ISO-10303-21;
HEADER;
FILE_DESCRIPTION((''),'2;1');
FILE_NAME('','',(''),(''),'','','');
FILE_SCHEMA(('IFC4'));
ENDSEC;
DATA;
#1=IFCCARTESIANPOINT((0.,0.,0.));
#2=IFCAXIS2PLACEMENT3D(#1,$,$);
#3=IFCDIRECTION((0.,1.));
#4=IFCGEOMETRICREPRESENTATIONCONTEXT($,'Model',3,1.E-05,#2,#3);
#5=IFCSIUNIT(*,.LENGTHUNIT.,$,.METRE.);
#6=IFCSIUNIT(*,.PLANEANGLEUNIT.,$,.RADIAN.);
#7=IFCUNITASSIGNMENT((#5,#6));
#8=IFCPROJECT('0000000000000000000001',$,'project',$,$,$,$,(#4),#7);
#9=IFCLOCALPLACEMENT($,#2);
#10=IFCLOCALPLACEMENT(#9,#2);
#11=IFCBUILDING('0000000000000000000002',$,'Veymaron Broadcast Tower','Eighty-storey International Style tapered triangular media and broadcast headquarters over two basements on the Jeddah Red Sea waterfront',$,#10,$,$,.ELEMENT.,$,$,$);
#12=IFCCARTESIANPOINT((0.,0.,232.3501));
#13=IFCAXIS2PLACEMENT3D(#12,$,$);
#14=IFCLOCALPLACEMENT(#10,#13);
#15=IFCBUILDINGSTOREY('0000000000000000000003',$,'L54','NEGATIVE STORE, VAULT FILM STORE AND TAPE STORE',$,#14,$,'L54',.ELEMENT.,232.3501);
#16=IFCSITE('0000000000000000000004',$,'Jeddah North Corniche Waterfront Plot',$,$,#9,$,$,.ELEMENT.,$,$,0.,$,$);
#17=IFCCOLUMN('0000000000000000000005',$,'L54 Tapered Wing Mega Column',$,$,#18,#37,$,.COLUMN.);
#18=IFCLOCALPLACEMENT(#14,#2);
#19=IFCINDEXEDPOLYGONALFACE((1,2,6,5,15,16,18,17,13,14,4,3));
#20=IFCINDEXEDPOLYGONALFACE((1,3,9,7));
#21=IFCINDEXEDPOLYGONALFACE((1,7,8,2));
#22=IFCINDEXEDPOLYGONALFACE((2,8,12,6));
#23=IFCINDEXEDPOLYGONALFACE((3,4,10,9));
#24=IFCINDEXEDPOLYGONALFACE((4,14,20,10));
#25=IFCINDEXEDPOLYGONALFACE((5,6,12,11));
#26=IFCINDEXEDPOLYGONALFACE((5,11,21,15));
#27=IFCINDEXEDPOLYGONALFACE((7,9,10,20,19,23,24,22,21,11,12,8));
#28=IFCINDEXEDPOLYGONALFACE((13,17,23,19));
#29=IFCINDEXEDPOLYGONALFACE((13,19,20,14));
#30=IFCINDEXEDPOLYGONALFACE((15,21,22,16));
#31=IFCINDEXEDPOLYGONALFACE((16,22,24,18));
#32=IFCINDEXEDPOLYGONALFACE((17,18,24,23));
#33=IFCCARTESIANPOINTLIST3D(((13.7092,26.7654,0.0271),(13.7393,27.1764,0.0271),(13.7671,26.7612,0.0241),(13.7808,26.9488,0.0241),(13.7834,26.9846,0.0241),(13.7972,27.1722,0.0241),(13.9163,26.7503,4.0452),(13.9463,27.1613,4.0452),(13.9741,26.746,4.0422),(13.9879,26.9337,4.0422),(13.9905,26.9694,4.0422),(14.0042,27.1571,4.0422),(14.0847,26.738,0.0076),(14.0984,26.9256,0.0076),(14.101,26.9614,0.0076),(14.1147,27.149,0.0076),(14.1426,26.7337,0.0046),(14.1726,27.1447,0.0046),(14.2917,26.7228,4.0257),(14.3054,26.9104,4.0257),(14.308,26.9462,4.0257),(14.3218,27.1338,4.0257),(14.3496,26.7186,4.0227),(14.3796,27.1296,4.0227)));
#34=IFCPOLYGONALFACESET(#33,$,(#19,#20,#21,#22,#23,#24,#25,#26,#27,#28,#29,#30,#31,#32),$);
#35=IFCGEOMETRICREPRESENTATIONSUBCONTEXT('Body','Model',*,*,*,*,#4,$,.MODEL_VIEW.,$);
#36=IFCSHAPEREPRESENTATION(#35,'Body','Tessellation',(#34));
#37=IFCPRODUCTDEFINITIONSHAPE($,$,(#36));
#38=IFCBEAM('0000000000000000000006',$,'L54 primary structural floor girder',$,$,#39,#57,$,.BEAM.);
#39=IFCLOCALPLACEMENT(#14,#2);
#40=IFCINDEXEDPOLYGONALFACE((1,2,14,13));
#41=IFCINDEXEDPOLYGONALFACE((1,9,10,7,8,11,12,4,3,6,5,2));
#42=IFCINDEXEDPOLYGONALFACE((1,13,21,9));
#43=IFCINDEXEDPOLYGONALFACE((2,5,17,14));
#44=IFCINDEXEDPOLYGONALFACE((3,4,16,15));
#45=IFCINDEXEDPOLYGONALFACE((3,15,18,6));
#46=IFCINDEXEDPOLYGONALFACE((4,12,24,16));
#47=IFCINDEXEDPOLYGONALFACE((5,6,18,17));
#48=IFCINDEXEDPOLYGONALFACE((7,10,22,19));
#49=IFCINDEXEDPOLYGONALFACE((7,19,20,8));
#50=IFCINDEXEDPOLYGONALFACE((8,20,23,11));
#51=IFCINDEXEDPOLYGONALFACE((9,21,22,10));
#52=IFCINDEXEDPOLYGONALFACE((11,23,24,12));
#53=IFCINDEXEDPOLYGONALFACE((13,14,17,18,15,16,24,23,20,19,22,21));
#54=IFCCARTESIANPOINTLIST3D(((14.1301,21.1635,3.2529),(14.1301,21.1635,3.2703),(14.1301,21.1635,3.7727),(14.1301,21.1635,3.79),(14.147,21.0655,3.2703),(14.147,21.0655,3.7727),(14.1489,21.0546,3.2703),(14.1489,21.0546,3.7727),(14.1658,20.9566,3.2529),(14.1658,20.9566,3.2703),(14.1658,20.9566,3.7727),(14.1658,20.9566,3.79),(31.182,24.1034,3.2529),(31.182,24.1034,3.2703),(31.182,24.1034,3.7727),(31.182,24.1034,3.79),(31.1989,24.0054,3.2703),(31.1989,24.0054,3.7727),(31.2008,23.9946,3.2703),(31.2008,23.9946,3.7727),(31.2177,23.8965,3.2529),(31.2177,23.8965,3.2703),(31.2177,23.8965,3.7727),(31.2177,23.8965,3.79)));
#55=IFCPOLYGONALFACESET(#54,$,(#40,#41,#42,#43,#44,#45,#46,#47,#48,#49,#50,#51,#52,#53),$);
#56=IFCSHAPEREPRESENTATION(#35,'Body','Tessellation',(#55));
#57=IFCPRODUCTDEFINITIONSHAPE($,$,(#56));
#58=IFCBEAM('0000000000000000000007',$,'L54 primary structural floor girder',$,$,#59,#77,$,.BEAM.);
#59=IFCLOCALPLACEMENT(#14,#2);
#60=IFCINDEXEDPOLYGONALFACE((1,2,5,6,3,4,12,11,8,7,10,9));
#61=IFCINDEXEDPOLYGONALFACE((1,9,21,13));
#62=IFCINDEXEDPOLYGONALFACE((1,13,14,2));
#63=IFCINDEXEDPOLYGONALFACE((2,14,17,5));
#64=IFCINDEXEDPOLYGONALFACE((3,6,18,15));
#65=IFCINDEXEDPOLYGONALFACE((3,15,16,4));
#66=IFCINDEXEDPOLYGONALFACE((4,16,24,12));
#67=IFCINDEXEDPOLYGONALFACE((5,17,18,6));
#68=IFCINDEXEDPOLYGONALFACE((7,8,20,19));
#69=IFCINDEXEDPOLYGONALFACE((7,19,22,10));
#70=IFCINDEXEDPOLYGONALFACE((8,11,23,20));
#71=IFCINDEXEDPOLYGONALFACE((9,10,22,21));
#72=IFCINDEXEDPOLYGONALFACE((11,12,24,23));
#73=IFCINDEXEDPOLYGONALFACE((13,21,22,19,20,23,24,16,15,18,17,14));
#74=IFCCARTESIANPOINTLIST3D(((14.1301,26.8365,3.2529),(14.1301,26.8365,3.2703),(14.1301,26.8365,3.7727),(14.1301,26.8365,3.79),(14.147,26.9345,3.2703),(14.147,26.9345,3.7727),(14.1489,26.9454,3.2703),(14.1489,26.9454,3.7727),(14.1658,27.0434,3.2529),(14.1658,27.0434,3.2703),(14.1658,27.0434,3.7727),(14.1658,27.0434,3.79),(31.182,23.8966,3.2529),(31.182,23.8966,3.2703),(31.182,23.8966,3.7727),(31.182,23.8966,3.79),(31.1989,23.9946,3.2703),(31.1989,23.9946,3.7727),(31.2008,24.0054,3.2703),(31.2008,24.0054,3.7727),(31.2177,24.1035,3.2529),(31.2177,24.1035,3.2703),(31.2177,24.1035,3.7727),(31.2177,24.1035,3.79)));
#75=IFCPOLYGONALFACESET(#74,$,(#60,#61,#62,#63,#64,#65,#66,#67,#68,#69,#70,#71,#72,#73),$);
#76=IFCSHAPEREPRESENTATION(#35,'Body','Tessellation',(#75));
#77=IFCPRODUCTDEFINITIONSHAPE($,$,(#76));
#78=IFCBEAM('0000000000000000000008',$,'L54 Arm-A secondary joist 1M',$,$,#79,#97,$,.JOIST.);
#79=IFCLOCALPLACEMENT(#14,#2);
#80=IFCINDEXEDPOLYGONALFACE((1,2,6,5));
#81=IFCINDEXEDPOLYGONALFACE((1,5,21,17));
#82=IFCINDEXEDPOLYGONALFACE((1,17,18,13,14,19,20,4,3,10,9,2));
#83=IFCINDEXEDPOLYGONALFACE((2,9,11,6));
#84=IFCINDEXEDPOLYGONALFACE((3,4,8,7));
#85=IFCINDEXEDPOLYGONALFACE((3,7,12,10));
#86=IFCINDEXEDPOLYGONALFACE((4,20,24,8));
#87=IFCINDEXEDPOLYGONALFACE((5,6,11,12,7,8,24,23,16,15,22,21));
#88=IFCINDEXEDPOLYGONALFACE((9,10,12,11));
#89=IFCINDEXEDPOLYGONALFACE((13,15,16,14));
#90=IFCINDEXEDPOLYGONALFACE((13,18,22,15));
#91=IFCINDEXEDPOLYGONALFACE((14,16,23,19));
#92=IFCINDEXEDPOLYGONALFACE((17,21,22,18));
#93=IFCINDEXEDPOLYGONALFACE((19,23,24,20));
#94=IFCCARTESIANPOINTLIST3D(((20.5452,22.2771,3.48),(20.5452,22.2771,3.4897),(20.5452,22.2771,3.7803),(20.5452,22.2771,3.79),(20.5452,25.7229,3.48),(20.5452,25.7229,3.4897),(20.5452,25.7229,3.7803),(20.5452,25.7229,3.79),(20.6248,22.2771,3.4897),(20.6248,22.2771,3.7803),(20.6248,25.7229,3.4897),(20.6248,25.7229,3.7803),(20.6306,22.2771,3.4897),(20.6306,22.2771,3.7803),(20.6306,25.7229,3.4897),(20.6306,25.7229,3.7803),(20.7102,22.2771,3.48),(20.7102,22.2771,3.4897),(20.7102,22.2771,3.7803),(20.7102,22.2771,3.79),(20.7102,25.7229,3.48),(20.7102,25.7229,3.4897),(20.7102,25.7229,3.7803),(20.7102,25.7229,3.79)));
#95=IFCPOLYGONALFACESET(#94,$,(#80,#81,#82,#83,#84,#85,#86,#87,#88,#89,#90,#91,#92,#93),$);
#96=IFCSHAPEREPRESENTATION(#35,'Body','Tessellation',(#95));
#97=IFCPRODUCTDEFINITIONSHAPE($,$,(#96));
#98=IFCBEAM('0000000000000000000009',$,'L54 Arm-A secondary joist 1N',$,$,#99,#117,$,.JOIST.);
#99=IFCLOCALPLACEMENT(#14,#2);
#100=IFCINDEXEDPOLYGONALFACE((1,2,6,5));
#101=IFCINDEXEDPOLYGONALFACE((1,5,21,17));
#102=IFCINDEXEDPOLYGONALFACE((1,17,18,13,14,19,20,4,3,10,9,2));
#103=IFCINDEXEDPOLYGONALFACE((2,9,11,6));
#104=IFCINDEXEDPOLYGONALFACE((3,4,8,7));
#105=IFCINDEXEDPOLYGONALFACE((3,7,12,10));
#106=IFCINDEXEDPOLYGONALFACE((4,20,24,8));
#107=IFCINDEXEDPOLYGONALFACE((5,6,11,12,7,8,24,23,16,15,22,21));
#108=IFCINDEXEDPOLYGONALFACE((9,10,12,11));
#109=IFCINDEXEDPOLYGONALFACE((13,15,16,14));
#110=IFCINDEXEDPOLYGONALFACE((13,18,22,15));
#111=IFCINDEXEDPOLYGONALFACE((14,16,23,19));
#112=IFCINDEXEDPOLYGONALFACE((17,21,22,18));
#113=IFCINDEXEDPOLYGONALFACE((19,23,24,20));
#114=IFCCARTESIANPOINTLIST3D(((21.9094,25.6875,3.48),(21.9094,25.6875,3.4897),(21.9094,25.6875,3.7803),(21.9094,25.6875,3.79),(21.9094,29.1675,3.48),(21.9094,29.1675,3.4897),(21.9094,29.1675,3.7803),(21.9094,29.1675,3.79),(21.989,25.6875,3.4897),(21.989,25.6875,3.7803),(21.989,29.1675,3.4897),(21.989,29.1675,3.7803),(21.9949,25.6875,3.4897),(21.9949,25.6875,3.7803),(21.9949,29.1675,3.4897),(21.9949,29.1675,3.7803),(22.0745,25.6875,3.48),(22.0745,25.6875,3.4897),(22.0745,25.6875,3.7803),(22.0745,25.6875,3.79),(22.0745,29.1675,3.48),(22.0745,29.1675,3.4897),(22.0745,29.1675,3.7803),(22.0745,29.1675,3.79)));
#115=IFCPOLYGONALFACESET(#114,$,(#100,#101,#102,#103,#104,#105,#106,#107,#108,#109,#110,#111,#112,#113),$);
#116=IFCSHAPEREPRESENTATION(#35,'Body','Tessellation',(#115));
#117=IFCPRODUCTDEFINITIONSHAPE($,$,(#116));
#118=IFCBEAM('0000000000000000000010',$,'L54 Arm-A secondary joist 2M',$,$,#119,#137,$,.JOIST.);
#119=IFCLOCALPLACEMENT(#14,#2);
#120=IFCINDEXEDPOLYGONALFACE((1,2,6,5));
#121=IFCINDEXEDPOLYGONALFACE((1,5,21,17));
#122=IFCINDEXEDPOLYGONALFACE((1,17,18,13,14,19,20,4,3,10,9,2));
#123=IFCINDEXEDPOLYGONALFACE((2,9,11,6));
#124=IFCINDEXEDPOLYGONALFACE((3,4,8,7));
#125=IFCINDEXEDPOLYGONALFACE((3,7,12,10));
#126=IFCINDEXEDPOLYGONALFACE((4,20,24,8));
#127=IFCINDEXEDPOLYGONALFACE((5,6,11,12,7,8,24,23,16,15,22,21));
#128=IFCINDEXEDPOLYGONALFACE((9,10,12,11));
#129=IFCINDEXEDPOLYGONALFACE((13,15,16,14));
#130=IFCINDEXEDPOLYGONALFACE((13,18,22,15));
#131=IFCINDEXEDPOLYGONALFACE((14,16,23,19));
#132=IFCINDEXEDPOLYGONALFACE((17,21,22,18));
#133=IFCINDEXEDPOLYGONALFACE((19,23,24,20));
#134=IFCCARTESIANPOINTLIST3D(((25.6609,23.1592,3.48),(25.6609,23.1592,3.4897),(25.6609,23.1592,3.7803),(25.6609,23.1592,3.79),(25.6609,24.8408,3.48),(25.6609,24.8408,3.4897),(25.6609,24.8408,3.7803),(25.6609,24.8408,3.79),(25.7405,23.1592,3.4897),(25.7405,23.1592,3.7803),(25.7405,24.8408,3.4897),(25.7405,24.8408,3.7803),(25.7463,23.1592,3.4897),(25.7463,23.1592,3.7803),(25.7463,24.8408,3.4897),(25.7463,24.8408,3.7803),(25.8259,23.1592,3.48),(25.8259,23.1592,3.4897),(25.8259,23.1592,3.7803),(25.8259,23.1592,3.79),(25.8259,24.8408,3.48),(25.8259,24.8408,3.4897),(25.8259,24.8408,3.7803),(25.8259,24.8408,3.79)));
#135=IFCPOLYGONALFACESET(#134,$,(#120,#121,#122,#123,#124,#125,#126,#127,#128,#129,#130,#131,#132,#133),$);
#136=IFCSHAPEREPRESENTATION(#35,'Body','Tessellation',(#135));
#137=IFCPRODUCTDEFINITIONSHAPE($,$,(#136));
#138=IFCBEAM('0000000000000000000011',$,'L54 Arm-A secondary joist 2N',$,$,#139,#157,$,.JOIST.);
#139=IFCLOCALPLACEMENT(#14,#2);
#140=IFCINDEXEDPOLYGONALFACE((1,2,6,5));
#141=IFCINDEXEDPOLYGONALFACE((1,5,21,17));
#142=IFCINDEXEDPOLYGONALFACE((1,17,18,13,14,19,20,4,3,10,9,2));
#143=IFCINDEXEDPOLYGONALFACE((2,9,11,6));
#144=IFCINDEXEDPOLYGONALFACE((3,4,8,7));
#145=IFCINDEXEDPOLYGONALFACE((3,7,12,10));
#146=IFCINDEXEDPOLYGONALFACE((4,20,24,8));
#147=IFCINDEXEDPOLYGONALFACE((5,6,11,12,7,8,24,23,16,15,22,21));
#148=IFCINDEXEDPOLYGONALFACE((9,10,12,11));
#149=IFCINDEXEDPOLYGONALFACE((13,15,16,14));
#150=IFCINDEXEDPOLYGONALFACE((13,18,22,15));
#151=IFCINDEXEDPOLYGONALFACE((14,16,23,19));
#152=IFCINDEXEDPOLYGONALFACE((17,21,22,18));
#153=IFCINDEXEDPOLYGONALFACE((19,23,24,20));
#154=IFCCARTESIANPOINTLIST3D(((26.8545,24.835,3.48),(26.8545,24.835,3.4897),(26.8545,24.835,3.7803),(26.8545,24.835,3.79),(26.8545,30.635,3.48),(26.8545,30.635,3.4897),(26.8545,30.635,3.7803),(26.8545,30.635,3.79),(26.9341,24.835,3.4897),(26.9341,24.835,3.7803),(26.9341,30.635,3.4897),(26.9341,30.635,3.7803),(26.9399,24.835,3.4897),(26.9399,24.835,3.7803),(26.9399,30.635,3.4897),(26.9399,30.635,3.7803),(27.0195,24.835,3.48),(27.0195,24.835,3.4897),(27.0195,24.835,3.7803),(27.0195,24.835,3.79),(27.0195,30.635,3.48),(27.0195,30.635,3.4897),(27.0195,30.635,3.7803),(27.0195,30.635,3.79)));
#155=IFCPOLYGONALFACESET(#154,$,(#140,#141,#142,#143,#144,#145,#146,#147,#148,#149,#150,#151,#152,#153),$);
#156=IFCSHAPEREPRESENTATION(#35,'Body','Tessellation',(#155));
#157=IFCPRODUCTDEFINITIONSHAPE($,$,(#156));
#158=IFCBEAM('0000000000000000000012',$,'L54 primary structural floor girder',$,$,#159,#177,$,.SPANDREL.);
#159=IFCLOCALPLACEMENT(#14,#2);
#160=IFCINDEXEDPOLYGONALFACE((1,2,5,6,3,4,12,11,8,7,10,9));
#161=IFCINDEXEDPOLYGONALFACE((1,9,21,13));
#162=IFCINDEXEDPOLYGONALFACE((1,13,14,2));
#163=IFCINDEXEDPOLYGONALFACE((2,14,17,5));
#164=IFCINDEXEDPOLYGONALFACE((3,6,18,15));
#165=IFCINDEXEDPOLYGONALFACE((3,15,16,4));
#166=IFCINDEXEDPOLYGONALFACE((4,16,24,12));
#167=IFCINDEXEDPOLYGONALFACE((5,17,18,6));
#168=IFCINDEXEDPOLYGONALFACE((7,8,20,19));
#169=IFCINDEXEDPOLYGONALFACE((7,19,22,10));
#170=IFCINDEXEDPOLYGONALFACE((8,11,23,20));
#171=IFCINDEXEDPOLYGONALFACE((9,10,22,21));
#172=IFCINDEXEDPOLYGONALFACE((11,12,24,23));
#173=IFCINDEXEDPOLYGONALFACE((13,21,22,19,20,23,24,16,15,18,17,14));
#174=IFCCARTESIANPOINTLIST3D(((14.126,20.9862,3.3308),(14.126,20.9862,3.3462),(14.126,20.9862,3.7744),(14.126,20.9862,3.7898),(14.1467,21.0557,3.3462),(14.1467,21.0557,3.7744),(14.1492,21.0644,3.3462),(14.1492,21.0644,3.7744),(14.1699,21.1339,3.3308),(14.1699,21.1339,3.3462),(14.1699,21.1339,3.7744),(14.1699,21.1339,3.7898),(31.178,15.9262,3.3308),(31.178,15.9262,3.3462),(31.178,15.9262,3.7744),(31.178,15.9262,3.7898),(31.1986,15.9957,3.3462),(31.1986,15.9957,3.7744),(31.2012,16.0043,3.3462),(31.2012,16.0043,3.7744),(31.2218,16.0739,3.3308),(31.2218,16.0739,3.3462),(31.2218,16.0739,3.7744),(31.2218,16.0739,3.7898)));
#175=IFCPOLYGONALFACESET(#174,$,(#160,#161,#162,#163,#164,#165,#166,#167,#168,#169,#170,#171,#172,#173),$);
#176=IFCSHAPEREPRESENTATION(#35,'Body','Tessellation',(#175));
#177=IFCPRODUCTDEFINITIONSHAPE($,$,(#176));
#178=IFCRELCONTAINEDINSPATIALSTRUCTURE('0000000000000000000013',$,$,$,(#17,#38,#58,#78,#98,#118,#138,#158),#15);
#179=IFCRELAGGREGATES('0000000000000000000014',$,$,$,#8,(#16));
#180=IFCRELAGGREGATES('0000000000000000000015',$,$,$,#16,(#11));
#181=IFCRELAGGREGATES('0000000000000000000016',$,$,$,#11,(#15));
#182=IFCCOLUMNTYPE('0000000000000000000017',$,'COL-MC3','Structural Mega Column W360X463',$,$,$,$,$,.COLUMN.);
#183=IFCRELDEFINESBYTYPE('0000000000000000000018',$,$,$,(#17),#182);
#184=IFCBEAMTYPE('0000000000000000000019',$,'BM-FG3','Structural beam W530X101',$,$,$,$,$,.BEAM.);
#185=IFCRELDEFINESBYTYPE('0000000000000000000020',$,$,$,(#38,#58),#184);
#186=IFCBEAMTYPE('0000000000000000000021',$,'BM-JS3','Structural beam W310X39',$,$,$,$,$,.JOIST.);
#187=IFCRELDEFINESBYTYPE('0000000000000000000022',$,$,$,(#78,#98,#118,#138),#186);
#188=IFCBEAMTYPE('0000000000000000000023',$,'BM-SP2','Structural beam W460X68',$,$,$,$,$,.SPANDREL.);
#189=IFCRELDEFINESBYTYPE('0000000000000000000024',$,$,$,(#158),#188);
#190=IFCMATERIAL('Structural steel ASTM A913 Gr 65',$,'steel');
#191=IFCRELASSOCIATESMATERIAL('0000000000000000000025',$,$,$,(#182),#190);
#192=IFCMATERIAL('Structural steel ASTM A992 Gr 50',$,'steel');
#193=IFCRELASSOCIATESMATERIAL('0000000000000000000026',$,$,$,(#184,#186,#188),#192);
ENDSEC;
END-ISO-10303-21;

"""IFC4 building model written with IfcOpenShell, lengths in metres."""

from ifc_helpers import new_model, si_unit, direction, frame, origin, origin_2d, place, context, subcontext, project, spatial, i_section, extrude, material, material_profile, profile_set, type_object, element, save


model = new_model("IFC4")

# Units and contexts
model_context = context("Model", 3, precision=1e-05, world=origin(), true_north=direction((0.0, 1.0)))
body_context = subcontext(model_context, "Body", "Model", "MODEL_VIEW")
ifc_project = project(units=[si_unit("LENGTHUNIT", "METRE"), si_unit("PLANEANGLEUNIT", "RADIAN")], contexts=[model_context])

# Site, building, storey
site_placement = place(None, origin())
site = spatial("IfcSite", under=ifc_project, at=site_placement, Name="Jeddah North Corniche Waterfront Plot", CompositionType="ELEMENT", RefElevation=0.0)
building_placement = place(site_placement, origin())
building = spatial("IfcBuilding", under=site, at=building_placement, Name="Veymaron Broadcast Tower", Description="Eighty-storey International Style tapered triangular media and broadcast headquarters over two basements on the Jeddah Red Sea waterfront", CompositionType="ELEMENT")
storey_placement = place(building_placement, frame((0.0, 0.0, 232.3501)))
storey = spatial("IfcBuildingStorey", under=building, at=storey_placement, Name="L54", Description="NEGATIVE STORE, VAULT FILM STORE AND TAPE STORE", LongName="L54", CompositionType="ELEMENT", Elevation=232.3501)

# Column
ifc_material_1 = material(Name="Structural steel ASTM A913 Gr 65", Category="steel")
ifc_material_profile_1 = material_profile(ifc_material_1, i_section(OverallWidth=0.4121, OverallDepth=0.4351, WebThickness=0.0359, FlangeThickness=0.0581, at=origin_2d()), Name="W360X463")
ifc_profile_set_1 = profile_set([ifc_material_profile_1], Name="Structural steel ASTM A913 Gr 65")
column_type = type_object("IfcColumnType", Name="COL-MC3", Description="Structural Mega Column W360X463", PredefinedType="COLUMN", material=ifc_profile_set_1)
column_placement = place(storey_placement, frame((13.9409, 26.9551, 0.0159), z_axis=(0.051456, -0.003762, 0.998668), x_axis=(0.072919, 0.997338, 0.0)))
element("IfcColumn", 1, at=column_placement, inside=storey, type_object=column_type, Name="L54 Tapered Wing Mega Column", PredefinedType="COLUMN", context=body_context, shape_type="SweptSolid", body=[
    extrude(i_section(OverallWidth=0.4121, OverallDepth=0.4351, WebThickness=0.0359, FlangeThickness=0.0581, at=origin_2d()), origin(), (0.0, 0.0, 1.0), 4.0234),
])

# Beams
ifc_material_2 = material(Name="Structural steel ASTM A992 Gr 50", Category="steel")
ifc_material_profile_2 = material_profile(ifc_material_2, i_section(OverallWidth=0.21, OverallDepth=0.5371, WebThickness=0.011, FlangeThickness=0.0173, at=origin_2d()), Name="W530X101")
ifc_profile_set_2 = profile_set([ifc_material_profile_2], Name="Structural steel ASTM A992 Gr 50")
beam_type_1 = type_object("IfcBeamType", Name="BM-FG3", Description="Structural beam W530X101", PredefinedType="BEAM", material=ifc_profile_set_2)
for number, where, z_axis, x_axis, name in (
    (2, (14.1479, 21.0601, 3.5215), (0.985461, 0.169904, 0.0), (-0.169904, 0.985461, 0.0), "L54 primary structural floor girder"),
    (3, (14.1479, 26.9399, 3.5215), (0.985461, -0.169904, 0.0), (0.169904, 0.985461, 0.0), "L54 primary structural floor girder"),
):
    element("IfcBeam", number, at=place(storey_placement, frame(where, z_axis=z_axis, x_axis=x_axis)), inside=storey, type_object=beam_type_1, Name=name, PredefinedType="BEAM", context=body_context, shape_type="SweptSolid", body=[
        extrude(i_section(OverallWidth=0.21, OverallDepth=0.5371, WebThickness=0.011, FlangeThickness=0.0173, at=origin_2d()), origin(), (0.0, 0.0, 1.0), 17.3035),
    ])
ifc_material_profile_3 = material_profile(ifc_material_2, i_section(OverallWidth=0.165, OverallDepth=0.3101, WebThickness=0.0059, FlangeThickness=0.0098, at=origin_2d()), Name="W310X39")
ifc_profile_set_3 = profile_set([ifc_material_profile_3], Name="Structural steel ASTM A992 Gr 50")
beam_type_2 = type_object("IfcBeamType", Name="BM-JS3", Description="Structural beam W310X39", PredefinedType="JOIST", material=ifc_profile_set_3)
beam_1_placement = place(storey_placement, frame((20.6277, 22.2771, 3.635), z_axis=(0.0, 1.0, 0.0), x_axis=(-1.0, 0.0, 0.0)))
element("IfcBeam", 4, at=beam_1_placement, inside=storey, type_object=beam_type_2, Name="L54 Arm-A secondary joist 1M", PredefinedType="JOIST", context=body_context, shape_type="SweptSolid", body=[
    extrude(i_section(OverallWidth=0.165, OverallDepth=0.3101, WebThickness=0.0059, FlangeThickness=0.0098, at=origin_2d()), origin(), (0.0, 0.0, 1.0), 3.4458),
])
beam_2_placement = place(storey_placement, frame((21.9919, 25.6875, 3.635), z_axis=(0.0, 1.0, 0.0), x_axis=(-1.0, 0.0, 0.0)))
element("IfcBeam", 5, at=beam_2_placement, inside=storey, type_object=beam_type_2, Name="L54 Arm-A secondary joist 1N", PredefinedType="JOIST", context=body_context, shape_type="SweptSolid", body=[
    extrude(i_section(OverallWidth=0.165, OverallDepth=0.3101, WebThickness=0.0059, FlangeThickness=0.0098, at=origin_2d()), origin(), (0.0, 0.0, 1.0), 3.48),
])
beam_3_placement = place(storey_placement, frame((25.7434, 23.1592, 3.635), z_axis=(0.0, 1.0, 0.0), x_axis=(-1.0, 0.0, 0.0)))
element("IfcBeam", 6, at=beam_3_placement, inside=storey, type_object=beam_type_2, Name="L54 Arm-A secondary joist 2M", PredefinedType="JOIST", context=body_context, shape_type="SweptSolid", body=[
    extrude(i_section(OverallWidth=0.165, OverallDepth=0.3101, WebThickness=0.0059, FlangeThickness=0.0098, at=origin_2d()), origin(), (0.0, 0.0, 1.0), 1.6816),
])
beam_4_placement = place(storey_placement, frame((26.937, 24.835, 3.635), z_axis=(0.0, 1.0, 0.0), x_axis=(-1.0, 0.0, 0.0)))
element("IfcBeam", 7, at=beam_4_placement, inside=storey, type_object=beam_type_2, Name="L54 Arm-A secondary joist 2N", PredefinedType="JOIST", context=body_context, shape_type="SweptSolid", body=[
    extrude(i_section(OverallWidth=0.165, OverallDepth=0.3101, WebThickness=0.0059, FlangeThickness=0.0098, at=origin_2d()), origin(), (0.0, 0.0, 1.0), 5.8),
])
ifc_material_profile_4 = material_profile(ifc_material_2, i_section(OverallWidth=0.1541, OverallDepth=0.459, WebThickness=0.009, FlangeThickness=0.0154, at=origin_2d()), Name="W460X68")
ifc_profile_set_4 = profile_set([ifc_material_profile_4], Name="Structural steel ASTM A992 Gr 50")
beam_type_3 = type_object("IfcBeamType", Name="BM-SP2", Description="Structural beam W460X68", PredefinedType="SPANDREL", material=ifc_profile_set_4)
for number, where, z_axis, x_axis, name in (
    (8, (14.1479, 21.0601, 3.5603), (0.958681, -0.284482, 0.0), (0.284482, 0.958681, 0.0), "L54 primary structural floor girder"),
):
    element("IfcBeam", number, at=place(storey_placement, frame(where, z_axis=z_axis, x_axis=x_axis)), inside=storey, type_object=beam_type_3, Name=name, PredefinedType="SPANDREL", context=body_context, shape_type="SweptSolid", body=[
        extrude(i_section(OverallWidth=0.1541, OverallDepth=0.459, WebThickness=0.009, FlangeThickness=0.0154, at=origin_2d()), origin(), (0.0, 0.0, 1.0), 17.7869),
    ])

save(model, "model.ifc")
